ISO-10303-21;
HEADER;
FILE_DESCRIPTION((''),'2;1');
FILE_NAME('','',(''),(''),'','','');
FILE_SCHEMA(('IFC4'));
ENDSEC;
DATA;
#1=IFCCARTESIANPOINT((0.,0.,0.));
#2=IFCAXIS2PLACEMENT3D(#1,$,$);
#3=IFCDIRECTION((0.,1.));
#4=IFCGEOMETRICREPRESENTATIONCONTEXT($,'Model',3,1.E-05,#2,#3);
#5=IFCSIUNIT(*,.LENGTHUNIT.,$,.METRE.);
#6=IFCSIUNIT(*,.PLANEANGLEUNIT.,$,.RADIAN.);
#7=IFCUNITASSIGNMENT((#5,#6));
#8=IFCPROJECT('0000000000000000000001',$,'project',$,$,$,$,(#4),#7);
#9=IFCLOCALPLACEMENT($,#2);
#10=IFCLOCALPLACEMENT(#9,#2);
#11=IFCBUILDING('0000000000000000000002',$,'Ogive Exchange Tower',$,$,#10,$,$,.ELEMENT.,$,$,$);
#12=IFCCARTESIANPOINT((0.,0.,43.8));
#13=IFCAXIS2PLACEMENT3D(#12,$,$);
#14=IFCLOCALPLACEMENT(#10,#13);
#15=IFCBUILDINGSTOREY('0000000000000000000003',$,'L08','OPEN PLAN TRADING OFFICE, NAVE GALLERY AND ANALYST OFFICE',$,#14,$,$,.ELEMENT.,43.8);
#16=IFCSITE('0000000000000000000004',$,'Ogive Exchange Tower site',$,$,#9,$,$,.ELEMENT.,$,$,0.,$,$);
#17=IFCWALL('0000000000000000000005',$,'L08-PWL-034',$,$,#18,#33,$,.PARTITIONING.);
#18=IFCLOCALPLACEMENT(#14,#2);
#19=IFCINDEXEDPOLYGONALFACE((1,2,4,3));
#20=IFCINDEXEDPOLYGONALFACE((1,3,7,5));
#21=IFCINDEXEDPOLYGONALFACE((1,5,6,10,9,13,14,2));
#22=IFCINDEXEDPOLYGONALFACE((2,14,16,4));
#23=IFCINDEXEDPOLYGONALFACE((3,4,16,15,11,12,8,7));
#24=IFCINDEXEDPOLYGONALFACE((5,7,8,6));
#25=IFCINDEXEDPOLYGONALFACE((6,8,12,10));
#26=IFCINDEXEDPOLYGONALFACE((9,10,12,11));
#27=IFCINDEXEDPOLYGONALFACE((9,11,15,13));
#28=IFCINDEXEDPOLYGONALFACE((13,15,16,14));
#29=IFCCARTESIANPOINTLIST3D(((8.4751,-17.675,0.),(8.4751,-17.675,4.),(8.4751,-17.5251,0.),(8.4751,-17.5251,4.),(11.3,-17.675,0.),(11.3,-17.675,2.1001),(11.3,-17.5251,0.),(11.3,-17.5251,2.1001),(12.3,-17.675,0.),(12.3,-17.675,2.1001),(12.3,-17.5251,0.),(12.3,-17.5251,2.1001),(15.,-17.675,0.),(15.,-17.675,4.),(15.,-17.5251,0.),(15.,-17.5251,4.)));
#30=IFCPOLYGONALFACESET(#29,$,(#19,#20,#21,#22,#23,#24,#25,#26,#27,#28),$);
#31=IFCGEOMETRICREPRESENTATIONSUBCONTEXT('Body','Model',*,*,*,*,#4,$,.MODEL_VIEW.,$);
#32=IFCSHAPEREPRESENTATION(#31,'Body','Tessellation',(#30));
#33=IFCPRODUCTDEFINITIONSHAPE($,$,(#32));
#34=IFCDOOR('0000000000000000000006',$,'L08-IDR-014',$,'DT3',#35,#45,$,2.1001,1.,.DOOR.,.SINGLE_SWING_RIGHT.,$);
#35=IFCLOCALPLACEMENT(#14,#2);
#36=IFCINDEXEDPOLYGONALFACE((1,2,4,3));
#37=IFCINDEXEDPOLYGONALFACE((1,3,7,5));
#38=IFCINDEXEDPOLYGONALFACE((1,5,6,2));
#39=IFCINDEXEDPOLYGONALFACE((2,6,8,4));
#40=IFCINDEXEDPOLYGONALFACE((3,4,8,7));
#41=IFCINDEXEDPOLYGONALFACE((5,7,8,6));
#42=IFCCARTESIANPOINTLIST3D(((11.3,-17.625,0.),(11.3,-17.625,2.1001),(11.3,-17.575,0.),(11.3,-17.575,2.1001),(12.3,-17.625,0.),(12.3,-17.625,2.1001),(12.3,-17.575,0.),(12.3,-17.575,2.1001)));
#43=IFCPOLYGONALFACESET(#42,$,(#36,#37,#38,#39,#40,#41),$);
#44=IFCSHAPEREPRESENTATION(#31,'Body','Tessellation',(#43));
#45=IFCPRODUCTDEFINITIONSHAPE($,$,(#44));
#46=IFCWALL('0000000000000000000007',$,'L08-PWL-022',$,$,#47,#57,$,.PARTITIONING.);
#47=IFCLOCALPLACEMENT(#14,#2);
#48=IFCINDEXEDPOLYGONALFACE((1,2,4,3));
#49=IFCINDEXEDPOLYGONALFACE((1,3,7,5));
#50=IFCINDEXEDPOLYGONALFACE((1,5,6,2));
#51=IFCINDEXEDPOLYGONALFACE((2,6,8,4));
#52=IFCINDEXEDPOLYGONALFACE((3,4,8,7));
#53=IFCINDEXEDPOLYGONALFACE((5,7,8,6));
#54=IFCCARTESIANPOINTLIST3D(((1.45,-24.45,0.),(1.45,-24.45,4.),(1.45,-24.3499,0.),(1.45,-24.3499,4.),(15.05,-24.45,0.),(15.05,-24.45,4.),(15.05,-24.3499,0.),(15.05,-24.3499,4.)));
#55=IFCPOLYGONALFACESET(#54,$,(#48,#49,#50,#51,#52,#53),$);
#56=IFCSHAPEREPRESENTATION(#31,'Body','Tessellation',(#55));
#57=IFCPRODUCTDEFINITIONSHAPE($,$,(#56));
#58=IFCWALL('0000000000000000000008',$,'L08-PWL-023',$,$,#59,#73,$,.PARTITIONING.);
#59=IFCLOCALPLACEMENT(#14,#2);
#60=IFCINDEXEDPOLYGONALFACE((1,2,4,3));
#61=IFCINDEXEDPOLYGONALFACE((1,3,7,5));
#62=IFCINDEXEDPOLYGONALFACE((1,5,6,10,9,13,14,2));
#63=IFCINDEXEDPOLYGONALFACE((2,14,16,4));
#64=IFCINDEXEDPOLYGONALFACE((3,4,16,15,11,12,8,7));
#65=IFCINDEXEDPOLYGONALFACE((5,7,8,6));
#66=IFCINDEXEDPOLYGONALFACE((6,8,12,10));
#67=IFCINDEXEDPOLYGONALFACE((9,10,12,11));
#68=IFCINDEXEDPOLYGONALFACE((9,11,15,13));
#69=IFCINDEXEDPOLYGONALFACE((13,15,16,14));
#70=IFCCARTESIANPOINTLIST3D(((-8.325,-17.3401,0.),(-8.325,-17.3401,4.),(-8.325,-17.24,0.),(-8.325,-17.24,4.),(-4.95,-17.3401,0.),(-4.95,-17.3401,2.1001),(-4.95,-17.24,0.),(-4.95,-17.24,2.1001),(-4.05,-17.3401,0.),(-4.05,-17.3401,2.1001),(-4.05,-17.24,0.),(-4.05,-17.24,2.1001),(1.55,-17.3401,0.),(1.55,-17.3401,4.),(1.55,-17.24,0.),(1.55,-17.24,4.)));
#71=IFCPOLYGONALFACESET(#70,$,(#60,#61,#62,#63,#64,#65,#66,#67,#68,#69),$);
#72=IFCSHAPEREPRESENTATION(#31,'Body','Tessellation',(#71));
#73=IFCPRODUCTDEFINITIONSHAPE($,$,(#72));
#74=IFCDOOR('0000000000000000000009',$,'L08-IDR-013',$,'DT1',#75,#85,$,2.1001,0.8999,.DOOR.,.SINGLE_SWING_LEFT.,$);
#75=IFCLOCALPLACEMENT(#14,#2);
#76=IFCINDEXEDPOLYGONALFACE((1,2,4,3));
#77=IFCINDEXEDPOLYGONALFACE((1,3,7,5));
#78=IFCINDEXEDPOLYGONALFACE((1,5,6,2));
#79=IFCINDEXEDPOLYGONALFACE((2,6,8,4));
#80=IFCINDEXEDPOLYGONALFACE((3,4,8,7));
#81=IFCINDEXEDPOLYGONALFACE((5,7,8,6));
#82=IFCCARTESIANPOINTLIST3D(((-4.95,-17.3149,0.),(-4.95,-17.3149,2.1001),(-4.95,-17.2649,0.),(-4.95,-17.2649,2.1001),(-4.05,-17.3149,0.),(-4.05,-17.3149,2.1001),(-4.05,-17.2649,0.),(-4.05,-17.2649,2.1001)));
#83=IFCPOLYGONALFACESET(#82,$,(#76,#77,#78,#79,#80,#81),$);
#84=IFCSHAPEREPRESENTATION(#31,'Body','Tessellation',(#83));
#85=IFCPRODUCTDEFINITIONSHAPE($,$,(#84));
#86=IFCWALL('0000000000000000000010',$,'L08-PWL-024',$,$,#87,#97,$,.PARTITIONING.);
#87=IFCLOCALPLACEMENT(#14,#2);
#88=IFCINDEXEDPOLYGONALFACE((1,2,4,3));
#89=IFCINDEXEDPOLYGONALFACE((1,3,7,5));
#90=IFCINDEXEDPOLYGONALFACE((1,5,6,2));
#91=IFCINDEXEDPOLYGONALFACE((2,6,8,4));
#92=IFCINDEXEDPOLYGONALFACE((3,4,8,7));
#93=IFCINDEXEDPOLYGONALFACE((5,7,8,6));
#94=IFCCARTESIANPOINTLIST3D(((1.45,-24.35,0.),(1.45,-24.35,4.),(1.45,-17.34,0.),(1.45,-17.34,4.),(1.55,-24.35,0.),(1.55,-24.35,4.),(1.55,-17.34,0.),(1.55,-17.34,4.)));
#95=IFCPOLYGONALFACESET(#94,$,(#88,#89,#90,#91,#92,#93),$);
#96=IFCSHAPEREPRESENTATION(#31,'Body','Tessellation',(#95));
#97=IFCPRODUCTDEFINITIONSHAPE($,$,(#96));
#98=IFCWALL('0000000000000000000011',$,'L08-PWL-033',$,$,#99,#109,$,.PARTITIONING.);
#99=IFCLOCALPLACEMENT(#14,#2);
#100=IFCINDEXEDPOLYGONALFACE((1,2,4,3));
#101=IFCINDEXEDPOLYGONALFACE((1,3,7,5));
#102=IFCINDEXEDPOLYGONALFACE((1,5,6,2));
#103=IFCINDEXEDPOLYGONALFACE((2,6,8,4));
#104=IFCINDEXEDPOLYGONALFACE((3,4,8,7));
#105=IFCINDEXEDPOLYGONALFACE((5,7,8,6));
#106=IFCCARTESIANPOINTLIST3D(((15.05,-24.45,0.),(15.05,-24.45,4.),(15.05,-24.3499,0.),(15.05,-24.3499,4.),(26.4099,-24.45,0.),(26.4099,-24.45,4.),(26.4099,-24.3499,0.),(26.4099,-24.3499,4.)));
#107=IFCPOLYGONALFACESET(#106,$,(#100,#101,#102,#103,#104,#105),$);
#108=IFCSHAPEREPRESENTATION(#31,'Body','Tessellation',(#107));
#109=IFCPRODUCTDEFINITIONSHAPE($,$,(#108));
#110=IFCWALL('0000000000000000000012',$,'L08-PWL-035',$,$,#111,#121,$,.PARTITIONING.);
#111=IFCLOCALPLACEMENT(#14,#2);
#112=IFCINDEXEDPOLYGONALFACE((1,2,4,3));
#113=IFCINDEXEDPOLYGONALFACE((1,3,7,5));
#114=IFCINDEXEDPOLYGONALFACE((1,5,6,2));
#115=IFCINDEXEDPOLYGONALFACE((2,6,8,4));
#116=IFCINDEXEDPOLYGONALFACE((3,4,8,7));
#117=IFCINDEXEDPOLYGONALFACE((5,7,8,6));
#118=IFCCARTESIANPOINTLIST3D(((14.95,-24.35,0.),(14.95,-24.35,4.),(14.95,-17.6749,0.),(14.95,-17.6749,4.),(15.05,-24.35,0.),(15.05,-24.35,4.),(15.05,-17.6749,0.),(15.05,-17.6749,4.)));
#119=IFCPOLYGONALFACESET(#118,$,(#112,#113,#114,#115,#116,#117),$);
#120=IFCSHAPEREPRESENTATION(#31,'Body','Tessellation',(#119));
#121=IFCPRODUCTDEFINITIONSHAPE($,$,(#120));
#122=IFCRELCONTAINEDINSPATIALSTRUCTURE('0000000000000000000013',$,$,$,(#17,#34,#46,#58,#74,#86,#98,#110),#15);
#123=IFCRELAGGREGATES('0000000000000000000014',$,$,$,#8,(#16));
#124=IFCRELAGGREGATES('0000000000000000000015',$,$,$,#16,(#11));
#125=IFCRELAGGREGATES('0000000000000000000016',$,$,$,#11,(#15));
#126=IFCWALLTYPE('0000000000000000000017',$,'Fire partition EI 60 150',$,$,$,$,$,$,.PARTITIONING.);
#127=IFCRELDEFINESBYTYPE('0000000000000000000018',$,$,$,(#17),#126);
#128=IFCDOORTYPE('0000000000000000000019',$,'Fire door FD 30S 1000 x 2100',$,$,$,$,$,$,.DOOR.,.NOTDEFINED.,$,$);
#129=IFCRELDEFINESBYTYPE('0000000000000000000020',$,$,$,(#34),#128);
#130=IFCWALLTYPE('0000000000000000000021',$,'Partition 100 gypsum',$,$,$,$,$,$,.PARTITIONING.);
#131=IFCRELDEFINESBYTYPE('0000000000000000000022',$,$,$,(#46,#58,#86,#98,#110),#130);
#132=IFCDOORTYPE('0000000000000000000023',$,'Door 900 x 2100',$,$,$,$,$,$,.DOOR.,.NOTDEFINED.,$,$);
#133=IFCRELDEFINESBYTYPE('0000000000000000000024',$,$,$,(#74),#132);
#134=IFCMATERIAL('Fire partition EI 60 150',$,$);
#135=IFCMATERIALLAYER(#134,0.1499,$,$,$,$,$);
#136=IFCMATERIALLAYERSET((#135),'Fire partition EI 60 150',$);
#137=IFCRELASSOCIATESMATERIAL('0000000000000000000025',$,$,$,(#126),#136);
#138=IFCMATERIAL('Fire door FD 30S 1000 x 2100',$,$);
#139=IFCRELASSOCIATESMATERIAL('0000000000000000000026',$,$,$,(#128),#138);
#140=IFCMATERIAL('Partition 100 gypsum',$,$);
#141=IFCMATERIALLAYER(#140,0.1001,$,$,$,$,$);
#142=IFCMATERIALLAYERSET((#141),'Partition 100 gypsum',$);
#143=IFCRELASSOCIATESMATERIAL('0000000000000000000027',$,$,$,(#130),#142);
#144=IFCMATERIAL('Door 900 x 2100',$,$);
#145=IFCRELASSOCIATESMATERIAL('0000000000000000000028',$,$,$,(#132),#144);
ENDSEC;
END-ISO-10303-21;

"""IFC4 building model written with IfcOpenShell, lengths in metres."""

from ifc_helpers import new_model, si_unit, direction, frame, frame_2d, origin, place, context, subcontext, project, spatial, rectangle, extrude, material, layer, layer_set, type_object, element, fill, save


model = new_model("IFC4")

# Units and contexts
model_context = context("Model", 3, precision=1e-05, world=origin(), true_north=direction((0.0, 1.0)))
body_context = subcontext(model_context, "Body", "Model", "MODEL_VIEW")
ifc_project = project(units=[si_unit("LENGTHUNIT", "METRE"), si_unit("PLANEANGLEUNIT", "RADIAN")], contexts=[model_context])

# Site, building, storey
site_placement = place(None, origin())
site = spatial("IfcSite", under=ifc_project, at=site_placement, Name="Ogive Exchange Tower site", CompositionType="ELEMENT", RefElevation=0.0)
building_placement = place(site_placement, origin())
building = spatial("IfcBuilding", under=site, at=building_placement, Name="Ogive Exchange Tower", CompositionType="ELEMENT")
storey_placement = place(building_placement, frame((0.0, 0.0, 43.8)))
storey = spatial("IfcBuildingStorey", under=building, at=storey_placement, Name="L08", Description="OPEN PLAN TRADING OFFICE, NAVE GALLERY AND ANALYST OFFICE", CompositionType="ELEMENT", Elevation=43.8)

# Shared definitions
ifc_material_1 = material(Name="Fire partition EI 60 150")
ifc_layer_1 = layer(ifc_material_1, 0.1499)
ifc_layer_set_1 = layer_set([ifc_layer_1], Name="Fire partition EI 60 150")
wall_type_1 = type_object("IfcWallType", Name="Fire partition EI 60 150", PredefinedType="PARTITIONING", material=ifc_layer_set_1)

# Wall, opening, door
wall_1_placement = place(storey_placement, frame((15.0, -17.6001, 0.0), z_axis=(0.0, 0.0, 1.0), x_axis=(-1.0, 0.0, 0.0)))
wall_1 = element("IfcWall", 1, at=wall_1_placement, inside=storey, type_object=wall_type_1, Name="L08-PWL-034", PredefinedType="PARTITIONING", context=body_context, shape_type="SweptSolid", body=[
    extrude(rectangle(XDim=6.5249, YDim=0.1499, at=frame_2d((3.2625, 0.0))), origin(), (0.0, 0.0, 1.0), 4.0),
])
opening_1_placement = place(wall_1_placement, frame((2.7, 0.0, 0.0)))
opening_1 = element("IfcOpeningElement", 2, at=opening_1_placement, cuts=wall_1, PredefinedType="OPENING", context=body_context, shape_type="SweptSolid", body=[
    extrude(rectangle(XDim=1.0, YDim=2.1001, at=frame_2d((0.5, 1.05))), frame((0.0, 0.085, 0.0), z_axis=(0.0, -1.0, 0.0), x_axis=(1.0, 0.0, 0.0)), (0.0, 0.0, 1.0), 0.1699),
])
ifc_material_2 = material(Name="Fire door FD 30S 1000 x 2100")
door_type_1 = type_object("IfcDoorType", Name="Fire door FD 30S 1000 x 2100", OperationType="NOTDEFINED", PredefinedType="DOOR", material=ifc_material_2)
door_1_placement = place(opening_1_placement, origin())
door_1 = element("IfcDoor", 3, at=door_1_placement, inside=storey, type_object=door_type_1, Name="L08-IDR-014", ObjectType="DT3", OperationType="SINGLE_SWING_RIGHT", OverallHeight=2.1001, OverallWidth=1.0, PredefinedType="DOOR", context=body_context, shape_type="SweptSolid", body=[
    extrude(rectangle(XDim=1.0, YDim=2.1001, at=frame_2d((0.5, 1.05))), frame((0.0, 0.0249, 0.0), z_axis=(0.0, -1.0, 0.0), x_axis=(1.0, 0.0, 0.0)), (0.0, 0.0, 1.0), 0.05),
])
fill(opening_1, door_1)

# Wall
ifc_material_3 = material(Name="Partition 100 gypsum")
ifc_layer_2 = layer(ifc_material_3, 0.1001)
ifc_layer_set_2 = layer_set([ifc_layer_2], Name="Partition 100 gypsum")
wall_type_2 = type_object("IfcWallType", Name="Partition 100 gypsum", PredefinedType="PARTITIONING", material=ifc_layer_set_2)
wall_2_placement = place(storey_placement, frame((1.45, -24.3999, 0.0), z_axis=(0.0, 0.0, 1.0), x_axis=(1.0, 0.0, 0.0)))
element("IfcWall", 4, at=wall_2_placement, inside=storey, type_object=wall_type_2, Name="L08-PWL-022", PredefinedType="PARTITIONING", context=body_context, shape_type="SweptSolid", body=[
    extrude(rectangle(XDim=13.6001, YDim=0.1001, at=frame_2d((6.8, 0.0))), origin(), (0.0, 0.0, 1.0), 4.0),
])

# Wall, opening, door
wall_3_placement = place(storey_placement, frame((1.55, -17.29, 0.0), z_axis=(0.0, 0.0, 1.0), x_axis=(-1.0, 0.0, 0.0)))
wall_3 = element("IfcWall", 5, at=wall_3_placement, inside=storey, type_object=wall_type_2, Name="L08-PWL-023", PredefinedType="PARTITIONING", context=body_context, shape_type="SweptSolid", body=[
    extrude(rectangle(XDim=9.875, YDim=0.1001, at=frame_2d((4.9375, 0.0))), origin(), (0.0, 0.0, 1.0), 4.0),
])
opening_2_placement = place(wall_3_placement, frame((5.6001, 0.0, 0.0)))
opening_2 = element("IfcOpeningElement", 6, at=opening_2_placement, cuts=wall_3, PredefinedType="OPENING", context=body_context, shape_type="SweptSolid", body=[
    extrude(rectangle(XDim=0.8999, YDim=2.1001, at=frame_2d((0.45, 1.05))), frame((0.0, 0.0601, 0.0), z_axis=(0.0, -1.0, 0.0), x_axis=(1.0, 0.0, 0.0)), (0.0, 0.0, 1.0), 0.1201),
])
ifc_material_4 = material(Name="Door 900 x 2100")
door_type_2 = type_object("IfcDoorType", Name="Door 900 x 2100", OperationType="NOTDEFINED", PredefinedType="DOOR", material=ifc_material_4)
door_2_placement = place(opening_2_placement, origin())
door_2 = element("IfcDoor", 7, at=door_2_placement, inside=storey, type_object=door_type_2, Name="L08-IDR-013", ObjectType="DT1", OperationType="SINGLE_SWING_LEFT", OverallHeight=2.1001, OverallWidth=0.8999, PredefinedType="DOOR", context=body_context, shape_type="SweptSolid", body=[
    extrude(rectangle(XDim=0.8999, YDim=2.1001, at=frame_2d((0.45, 1.05))), frame((0.0, 0.0249, 0.0), z_axis=(0.0, -1.0, 0.0), x_axis=(1.0, 0.0, 0.0)), (0.0, 0.0, 1.0), 0.05),
])
fill(opening_2, door_2)

# Walls
wall_4_placement = place(storey_placement, frame((1.5, -17.3401, 0.0), z_axis=(0.0, 0.0, 1.0), x_axis=(0.0, -1.0, 0.0)))
element("IfcWall", 8, at=wall_4_placement, inside=storey, type_object=wall_type_2, Name="L08-PWL-024", PredefinedType="PARTITIONING", context=body_context, shape_type="SweptSolid", body=[
    extrude(rectangle(XDim=7.01, YDim=0.1001, at=frame_2d((3.5049, 0.0))), origin(), (0.0, 0.0, 1.0), 4.0),
])
wall_5_placement = place(storey_placement, frame((15.05, -24.3999, 0.0), z_axis=(0.0, 0.0, 1.0), x_axis=(1.0, 0.0, 0.0)))
element("IfcWall", 9, at=wall_5_placement, inside=storey, type_object=wall_type_2, Name="L08-PWL-033", PredefinedType="PARTITIONING", context=body_context, shape_type="SweptSolid", body=[
    extrude(rectangle(XDim=11.3599, YDim=0.1001, at=frame_2d((5.6799, 0.0))), origin(), (0.0, 0.0, 1.0), 4.0),
])
wall_6_placement = place(storey_placement, frame((15.0, -17.675, 0.0), z_axis=(0.0, 0.0, 1.0), x_axis=(0.0, -1.0, 0.0)))
element("IfcWall", 10, at=wall_6_placement, inside=storey, type_object=wall_type_2, Name="L08-PWL-035", PredefinedType="PARTITIONING", context=body_context, shape_type="SweptSolid", body=[
    extrude(rectangle(XDim=6.675, YDim=0.1001, at=frame_2d((3.3374, 0.0))), origin(), (0.0, 0.0, 1.0), 4.0),
])

save(model, "model.ifc")
